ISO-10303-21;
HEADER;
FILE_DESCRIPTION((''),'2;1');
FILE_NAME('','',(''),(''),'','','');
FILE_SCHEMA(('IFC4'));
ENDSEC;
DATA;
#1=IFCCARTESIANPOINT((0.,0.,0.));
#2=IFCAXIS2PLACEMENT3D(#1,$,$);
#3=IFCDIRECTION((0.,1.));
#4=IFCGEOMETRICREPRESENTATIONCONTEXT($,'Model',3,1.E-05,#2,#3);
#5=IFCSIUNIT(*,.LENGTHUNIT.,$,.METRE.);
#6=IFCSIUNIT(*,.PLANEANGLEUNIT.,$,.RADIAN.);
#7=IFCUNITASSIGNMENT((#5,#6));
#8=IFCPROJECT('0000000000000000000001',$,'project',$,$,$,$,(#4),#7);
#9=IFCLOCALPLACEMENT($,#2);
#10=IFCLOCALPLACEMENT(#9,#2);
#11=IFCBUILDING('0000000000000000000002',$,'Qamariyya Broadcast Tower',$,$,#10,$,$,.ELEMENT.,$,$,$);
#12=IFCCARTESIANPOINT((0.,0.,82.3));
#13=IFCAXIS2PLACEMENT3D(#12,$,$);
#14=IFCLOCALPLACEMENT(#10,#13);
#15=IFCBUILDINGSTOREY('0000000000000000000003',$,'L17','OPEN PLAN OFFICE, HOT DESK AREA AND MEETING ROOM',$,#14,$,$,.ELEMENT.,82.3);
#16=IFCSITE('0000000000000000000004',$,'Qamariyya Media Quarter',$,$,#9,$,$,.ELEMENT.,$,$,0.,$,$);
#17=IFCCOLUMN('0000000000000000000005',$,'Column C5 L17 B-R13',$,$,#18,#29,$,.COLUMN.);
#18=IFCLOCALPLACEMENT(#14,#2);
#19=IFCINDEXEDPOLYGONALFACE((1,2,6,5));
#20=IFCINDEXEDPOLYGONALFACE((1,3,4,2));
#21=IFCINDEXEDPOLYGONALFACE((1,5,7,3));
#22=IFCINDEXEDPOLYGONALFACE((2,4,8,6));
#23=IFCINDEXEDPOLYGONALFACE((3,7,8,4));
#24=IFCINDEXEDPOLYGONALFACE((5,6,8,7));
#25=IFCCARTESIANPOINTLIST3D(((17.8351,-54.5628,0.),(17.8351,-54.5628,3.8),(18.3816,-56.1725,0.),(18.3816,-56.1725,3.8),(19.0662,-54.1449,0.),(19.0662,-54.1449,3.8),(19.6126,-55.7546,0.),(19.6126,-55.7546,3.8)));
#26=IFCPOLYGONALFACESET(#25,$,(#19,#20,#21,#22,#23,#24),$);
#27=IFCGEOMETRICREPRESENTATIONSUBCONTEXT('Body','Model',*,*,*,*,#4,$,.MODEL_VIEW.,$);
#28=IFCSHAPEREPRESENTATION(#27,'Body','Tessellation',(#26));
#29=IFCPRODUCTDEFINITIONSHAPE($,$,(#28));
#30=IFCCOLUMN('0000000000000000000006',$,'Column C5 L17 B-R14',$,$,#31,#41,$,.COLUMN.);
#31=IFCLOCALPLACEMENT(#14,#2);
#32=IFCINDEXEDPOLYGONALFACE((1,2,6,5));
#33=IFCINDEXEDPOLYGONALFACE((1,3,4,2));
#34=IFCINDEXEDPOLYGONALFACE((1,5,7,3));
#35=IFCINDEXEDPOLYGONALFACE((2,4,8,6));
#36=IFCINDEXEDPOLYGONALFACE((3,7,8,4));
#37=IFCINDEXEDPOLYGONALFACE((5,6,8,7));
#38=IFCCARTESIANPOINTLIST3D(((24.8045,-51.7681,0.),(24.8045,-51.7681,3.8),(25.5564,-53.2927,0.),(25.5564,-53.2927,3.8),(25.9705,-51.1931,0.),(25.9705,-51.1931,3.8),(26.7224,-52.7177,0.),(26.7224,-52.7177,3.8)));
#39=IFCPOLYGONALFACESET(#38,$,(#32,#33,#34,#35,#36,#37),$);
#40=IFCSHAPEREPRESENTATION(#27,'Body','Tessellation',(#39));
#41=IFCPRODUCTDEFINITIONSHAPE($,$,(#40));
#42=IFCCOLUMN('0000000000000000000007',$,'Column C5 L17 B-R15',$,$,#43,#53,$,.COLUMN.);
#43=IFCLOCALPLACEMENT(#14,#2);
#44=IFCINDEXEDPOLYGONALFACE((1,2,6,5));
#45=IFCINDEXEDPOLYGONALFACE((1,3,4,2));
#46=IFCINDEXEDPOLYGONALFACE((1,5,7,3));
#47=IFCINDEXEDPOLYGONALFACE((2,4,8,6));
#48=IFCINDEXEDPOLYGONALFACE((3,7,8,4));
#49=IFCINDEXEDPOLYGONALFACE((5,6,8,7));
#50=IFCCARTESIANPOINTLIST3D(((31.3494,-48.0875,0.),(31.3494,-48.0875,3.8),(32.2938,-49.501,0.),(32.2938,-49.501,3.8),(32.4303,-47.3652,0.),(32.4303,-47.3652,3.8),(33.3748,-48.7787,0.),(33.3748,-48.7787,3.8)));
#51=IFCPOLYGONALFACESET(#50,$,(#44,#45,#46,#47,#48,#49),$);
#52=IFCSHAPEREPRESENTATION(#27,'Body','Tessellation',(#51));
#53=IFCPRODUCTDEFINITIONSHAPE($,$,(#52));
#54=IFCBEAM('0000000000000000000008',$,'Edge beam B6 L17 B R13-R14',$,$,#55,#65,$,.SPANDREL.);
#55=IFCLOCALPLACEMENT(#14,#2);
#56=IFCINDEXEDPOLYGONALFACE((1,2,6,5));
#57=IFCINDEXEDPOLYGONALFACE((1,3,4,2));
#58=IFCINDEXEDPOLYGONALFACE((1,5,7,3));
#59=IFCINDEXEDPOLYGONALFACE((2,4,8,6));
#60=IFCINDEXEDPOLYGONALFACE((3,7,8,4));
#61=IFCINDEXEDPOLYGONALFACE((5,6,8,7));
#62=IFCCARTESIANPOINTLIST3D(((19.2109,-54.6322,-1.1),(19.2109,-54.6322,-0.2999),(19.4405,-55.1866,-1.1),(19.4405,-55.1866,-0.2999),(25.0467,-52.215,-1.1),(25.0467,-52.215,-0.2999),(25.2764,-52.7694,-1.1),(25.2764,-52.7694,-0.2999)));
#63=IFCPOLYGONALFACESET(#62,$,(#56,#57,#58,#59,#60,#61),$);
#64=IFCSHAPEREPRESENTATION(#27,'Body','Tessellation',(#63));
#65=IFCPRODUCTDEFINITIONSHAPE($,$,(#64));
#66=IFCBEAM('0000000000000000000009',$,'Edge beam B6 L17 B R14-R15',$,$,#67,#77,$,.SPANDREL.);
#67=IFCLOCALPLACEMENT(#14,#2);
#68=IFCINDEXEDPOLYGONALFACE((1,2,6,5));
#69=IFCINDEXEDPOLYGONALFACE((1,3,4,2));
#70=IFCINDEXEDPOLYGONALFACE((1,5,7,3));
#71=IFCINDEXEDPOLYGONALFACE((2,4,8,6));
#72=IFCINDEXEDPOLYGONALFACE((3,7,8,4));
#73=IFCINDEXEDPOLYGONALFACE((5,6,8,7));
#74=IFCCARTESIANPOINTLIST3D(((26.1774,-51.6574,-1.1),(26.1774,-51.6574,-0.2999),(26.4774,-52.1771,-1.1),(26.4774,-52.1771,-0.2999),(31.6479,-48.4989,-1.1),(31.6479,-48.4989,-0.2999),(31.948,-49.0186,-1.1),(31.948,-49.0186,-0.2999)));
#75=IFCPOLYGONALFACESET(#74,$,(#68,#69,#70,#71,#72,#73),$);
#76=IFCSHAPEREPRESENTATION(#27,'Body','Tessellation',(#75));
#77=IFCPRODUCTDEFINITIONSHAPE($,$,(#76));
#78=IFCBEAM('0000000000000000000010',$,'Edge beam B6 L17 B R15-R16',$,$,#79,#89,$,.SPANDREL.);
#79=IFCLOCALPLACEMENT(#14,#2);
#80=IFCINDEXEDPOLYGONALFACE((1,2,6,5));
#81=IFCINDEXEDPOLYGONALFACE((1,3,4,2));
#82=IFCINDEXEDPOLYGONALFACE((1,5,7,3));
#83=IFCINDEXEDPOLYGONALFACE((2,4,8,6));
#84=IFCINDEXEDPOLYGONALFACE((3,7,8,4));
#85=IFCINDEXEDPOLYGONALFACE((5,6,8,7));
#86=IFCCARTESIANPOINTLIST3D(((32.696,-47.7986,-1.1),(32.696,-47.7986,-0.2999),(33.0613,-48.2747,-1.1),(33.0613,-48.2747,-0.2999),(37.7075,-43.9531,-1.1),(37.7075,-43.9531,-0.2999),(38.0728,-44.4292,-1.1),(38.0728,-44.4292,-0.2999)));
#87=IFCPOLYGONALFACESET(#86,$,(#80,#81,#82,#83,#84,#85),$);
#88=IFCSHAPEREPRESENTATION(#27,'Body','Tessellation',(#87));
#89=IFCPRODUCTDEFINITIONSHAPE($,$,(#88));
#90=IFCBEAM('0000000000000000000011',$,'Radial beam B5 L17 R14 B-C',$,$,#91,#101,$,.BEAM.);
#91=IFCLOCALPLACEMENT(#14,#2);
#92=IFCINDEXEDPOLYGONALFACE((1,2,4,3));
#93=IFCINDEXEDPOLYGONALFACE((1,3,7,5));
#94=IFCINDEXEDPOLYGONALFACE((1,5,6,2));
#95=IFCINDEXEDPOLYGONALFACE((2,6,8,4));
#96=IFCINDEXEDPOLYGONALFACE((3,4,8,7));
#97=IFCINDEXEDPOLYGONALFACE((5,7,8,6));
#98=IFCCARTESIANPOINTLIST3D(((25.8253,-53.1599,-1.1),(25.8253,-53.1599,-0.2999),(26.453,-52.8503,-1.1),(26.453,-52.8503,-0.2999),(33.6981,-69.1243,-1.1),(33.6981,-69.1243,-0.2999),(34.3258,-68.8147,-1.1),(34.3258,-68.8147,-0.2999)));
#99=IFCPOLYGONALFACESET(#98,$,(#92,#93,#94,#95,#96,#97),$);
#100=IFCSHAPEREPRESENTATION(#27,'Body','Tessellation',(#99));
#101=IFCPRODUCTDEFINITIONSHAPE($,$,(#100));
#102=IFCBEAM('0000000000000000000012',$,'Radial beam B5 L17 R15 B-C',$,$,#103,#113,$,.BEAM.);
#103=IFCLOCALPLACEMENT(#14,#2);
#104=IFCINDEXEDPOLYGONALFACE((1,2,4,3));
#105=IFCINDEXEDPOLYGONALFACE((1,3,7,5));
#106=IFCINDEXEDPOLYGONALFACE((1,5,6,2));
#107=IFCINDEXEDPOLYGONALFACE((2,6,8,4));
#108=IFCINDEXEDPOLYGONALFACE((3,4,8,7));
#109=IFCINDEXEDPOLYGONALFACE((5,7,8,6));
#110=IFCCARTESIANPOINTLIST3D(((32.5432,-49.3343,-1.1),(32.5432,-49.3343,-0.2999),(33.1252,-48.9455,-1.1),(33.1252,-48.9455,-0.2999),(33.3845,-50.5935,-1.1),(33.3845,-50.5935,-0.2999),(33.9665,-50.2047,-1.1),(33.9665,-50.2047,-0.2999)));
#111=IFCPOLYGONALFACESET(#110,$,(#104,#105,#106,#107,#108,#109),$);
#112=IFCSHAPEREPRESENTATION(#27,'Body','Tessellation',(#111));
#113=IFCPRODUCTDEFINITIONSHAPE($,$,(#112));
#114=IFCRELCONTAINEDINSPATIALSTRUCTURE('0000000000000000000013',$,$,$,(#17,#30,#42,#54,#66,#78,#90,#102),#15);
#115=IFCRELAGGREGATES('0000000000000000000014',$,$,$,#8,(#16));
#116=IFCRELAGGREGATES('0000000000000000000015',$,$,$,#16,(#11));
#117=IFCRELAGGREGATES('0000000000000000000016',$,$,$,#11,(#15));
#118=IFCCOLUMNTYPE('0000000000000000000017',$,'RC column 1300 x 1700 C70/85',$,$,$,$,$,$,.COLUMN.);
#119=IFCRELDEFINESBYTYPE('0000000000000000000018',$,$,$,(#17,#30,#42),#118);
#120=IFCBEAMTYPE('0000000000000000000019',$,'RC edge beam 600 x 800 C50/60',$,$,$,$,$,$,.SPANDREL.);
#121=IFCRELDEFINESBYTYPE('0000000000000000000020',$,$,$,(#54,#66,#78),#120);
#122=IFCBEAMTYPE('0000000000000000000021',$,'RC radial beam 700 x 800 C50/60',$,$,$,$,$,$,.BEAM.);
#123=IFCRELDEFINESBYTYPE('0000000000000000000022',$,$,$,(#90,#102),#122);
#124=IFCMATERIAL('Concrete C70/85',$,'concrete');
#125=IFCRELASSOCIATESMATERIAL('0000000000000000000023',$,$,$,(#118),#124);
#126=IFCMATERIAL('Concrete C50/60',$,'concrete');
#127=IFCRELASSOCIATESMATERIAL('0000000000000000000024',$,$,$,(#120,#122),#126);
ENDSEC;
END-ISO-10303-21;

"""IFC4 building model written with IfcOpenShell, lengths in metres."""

from ifc_helpers import new_model, si_unit, direction, frame, origin, origin_2d, place, context, subcontext, project, spatial, rectangle, extrude, material, material_profile, profile_set, type_object, element, save


model = new_model("IFC4")

# Units and contexts
model_context = context("Model", 3, precision=1e-05, world=origin(), true_north=direction((0.0, 1.0)))
body_context = subcontext(model_context, "Body", "Model", "MODEL_VIEW")
ifc_project = project(units=[si_unit("LENGTHUNIT", "METRE"), si_unit("PLANEANGLEUNIT", "RADIAN")], contexts=[model_context])

# Site, building, storey
site_placement = place(None, origin())
site = spatial("IfcSite", under=ifc_project, at=site_placement, Name="Qamariyya Media Quarter", CompositionType="ELEMENT", RefElevation=0.0)
building_placement = place(site_placement, origin())
building = spatial("IfcBuilding", under=site, at=building_placement, Name="Qamariyya Broadcast Tower", CompositionType="ELEMENT")
storey_placement = place(building_placement, frame((0.0, 0.0, 82.3)))
storey = spatial("IfcBuildingStorey", under=building, at=storey_placement, Name="L17", Description="OPEN PLAN OFFICE, HOT DESK AREA AND MEETING ROOM", CompositionType="ELEMENT", Elevation=82.3)

# Columns
ifc_material_1 = material(Name="Concrete C70/85", Category="concrete")
ifc_material_profile_1 = material_profile(ifc_material_1, rectangle(XDim=1.3, YDim=1.7, at=origin_2d()))
ifc_profile_set_1 = profile_set([ifc_material_profile_1], Name="Concrete C70/85")
column_type = type_object("IfcColumnType", Name="RC column 1300 x 1700 C70/85", PredefinedType="COLUMN", material=ifc_profile_set_1)
for number, where, z_axis, x_axis, name in (
    (1, (18.7239, -55.1587, 0.0), (0.0, 0.0, 1.0), (0.94693, 0.321439, 0.0), "Column C5 L17 B-R13"),
    (2, (25.7634, -52.2429, 0.0), (0.0, 0.0, 1.0), (0.896873, 0.442289, 0.0), "Column C5 L17 B-R14"),
    (3, (32.3621, -48.4331, 0.0), (0.0, 0.0, 1.0), (0.83147, 0.55557, 0.0), "Column C5 L17 B-R15"),
):
    element("IfcColumn", number, at=place(storey_placement, frame(where, z_axis=z_axis, x_axis=x_axis)), inside=storey, type_object=column_type, Name=name, PredefinedType="COLUMN", context=body_context, shape_type="SweptSolid", body=[
        extrude(rectangle(XDim=1.3, YDim=1.7, at=origin_2d()), origin(), (0.0, 0.0, 1.0), 3.8),
    ])

# Beams
ifc_material_2 = material(Name="Concrete C50/60", Category="concrete")
ifc_material_profile_2 = material_profile(ifc_material_2, rectangle(XDim=0.6001, YDim=0.8, at=origin_2d()))
ifc_profile_set_2 = profile_set([ifc_material_profile_2], Name="Concrete C50/60")
beam_type_1 = type_object("IfcBeamType", Name="RC edge beam 600 x 800 C50/60", PredefinedType="SPANDREL", material=ifc_profile_set_2)
beam_1_placement = place(storey_placement, frame((19.3257, -54.9094, -0.7), z_axis=(0.923884, 0.382672, 0.0), x_axis=(-0.382672, 0.923884, 0.0)))
element("IfcBeam", 4, at=beam_1_placement, inside=storey, type_object=beam_type_1, Name="Edge beam B6 L17 B R13-R14", PredefinedType="SPANDREL", context=body_context, shape_type="SweptSolid", body=[
    extrude(rectangle(XDim=0.6001, YDim=0.8, at=origin_2d()), origin(), (0.0, 0.0, 1.0), 6.3167),
])
for number, where, z_axis, x_axis, name in (
    (5, (26.3274, -51.9172, -0.7), (0.86602, 0.500009, 0.0), (-0.500009, 0.86602, 0.0), "Edge beam B6 L17 B R14-R15"),
    (6, (32.8787, -48.0366, -0.7), (0.793352, 0.608763, 0.0), (-0.608763, 0.793352, 0.0), "Edge beam B6 L17 B R15-R16"),
):
    element("IfcBeam", number, at=place(storey_placement, frame(where, z_axis=z_axis, x_axis=x_axis)), inside=storey, type_object=beam_type_1, Name=name, PredefinedType="SPANDREL", context=body_context, shape_type="SweptSolid", body=[
        extrude(rectangle(XDim=0.6001, YDim=0.8, at=origin_2d()), origin(), (0.0, 0.0, 1.0), 6.3169),
    ])
ifc_material_profile_3 = material_profile(ifc_material_2, rectangle(XDim=0.7, YDim=0.8, at=origin_2d()))
ifc_profile_set_3 = profile_set([ifc_material_profile_3], Name="Concrete C50/60")
beam_type_2 = type_object("IfcBeamType", Name="RC radial beam 700 x 800 C50/60", PredefinedType="BEAM", material=ifc_profile_set_3)
beam_2_placement = place(storey_placement, frame((26.1392, -53.0051, -0.7), z_axis=(0.442291, -0.896872, 0.0), x_axis=(0.896872, 0.442291, 0.0)))
element("IfcBeam", 7, at=beam_2_placement, inside=storey, type_object=beam_type_2, Name="Radial beam B5 L17 R14 B-C", PredefinedType="BEAM", context=body_context, shape_type="SweptSolid", body=[
    extrude(rectangle(XDim=0.7, YDim=0.8, at=origin_2d()), origin(), (0.0, 0.0, 1.0), 17.8),
])
beam_3_placement = place(storey_placement, frame((32.8342, -49.1399, -0.7), z_axis=(0.555518, -0.831504, 0.0), x_axis=(0.831504, 0.555518, 0.0)))
element("IfcBeam", 8, at=beam_3_placement, inside=storey, type_object=beam_type_2, Name="Radial beam B5 L17 R15 B-C", PredefinedType="BEAM", context=body_context, shape_type="SweptSolid", body=[
    extrude(rectangle(XDim=0.7, YDim=0.8, at=origin_2d()), origin(), (0.0, 0.0, 1.0), 1.5144),
])

save(model, "model.ifc")
